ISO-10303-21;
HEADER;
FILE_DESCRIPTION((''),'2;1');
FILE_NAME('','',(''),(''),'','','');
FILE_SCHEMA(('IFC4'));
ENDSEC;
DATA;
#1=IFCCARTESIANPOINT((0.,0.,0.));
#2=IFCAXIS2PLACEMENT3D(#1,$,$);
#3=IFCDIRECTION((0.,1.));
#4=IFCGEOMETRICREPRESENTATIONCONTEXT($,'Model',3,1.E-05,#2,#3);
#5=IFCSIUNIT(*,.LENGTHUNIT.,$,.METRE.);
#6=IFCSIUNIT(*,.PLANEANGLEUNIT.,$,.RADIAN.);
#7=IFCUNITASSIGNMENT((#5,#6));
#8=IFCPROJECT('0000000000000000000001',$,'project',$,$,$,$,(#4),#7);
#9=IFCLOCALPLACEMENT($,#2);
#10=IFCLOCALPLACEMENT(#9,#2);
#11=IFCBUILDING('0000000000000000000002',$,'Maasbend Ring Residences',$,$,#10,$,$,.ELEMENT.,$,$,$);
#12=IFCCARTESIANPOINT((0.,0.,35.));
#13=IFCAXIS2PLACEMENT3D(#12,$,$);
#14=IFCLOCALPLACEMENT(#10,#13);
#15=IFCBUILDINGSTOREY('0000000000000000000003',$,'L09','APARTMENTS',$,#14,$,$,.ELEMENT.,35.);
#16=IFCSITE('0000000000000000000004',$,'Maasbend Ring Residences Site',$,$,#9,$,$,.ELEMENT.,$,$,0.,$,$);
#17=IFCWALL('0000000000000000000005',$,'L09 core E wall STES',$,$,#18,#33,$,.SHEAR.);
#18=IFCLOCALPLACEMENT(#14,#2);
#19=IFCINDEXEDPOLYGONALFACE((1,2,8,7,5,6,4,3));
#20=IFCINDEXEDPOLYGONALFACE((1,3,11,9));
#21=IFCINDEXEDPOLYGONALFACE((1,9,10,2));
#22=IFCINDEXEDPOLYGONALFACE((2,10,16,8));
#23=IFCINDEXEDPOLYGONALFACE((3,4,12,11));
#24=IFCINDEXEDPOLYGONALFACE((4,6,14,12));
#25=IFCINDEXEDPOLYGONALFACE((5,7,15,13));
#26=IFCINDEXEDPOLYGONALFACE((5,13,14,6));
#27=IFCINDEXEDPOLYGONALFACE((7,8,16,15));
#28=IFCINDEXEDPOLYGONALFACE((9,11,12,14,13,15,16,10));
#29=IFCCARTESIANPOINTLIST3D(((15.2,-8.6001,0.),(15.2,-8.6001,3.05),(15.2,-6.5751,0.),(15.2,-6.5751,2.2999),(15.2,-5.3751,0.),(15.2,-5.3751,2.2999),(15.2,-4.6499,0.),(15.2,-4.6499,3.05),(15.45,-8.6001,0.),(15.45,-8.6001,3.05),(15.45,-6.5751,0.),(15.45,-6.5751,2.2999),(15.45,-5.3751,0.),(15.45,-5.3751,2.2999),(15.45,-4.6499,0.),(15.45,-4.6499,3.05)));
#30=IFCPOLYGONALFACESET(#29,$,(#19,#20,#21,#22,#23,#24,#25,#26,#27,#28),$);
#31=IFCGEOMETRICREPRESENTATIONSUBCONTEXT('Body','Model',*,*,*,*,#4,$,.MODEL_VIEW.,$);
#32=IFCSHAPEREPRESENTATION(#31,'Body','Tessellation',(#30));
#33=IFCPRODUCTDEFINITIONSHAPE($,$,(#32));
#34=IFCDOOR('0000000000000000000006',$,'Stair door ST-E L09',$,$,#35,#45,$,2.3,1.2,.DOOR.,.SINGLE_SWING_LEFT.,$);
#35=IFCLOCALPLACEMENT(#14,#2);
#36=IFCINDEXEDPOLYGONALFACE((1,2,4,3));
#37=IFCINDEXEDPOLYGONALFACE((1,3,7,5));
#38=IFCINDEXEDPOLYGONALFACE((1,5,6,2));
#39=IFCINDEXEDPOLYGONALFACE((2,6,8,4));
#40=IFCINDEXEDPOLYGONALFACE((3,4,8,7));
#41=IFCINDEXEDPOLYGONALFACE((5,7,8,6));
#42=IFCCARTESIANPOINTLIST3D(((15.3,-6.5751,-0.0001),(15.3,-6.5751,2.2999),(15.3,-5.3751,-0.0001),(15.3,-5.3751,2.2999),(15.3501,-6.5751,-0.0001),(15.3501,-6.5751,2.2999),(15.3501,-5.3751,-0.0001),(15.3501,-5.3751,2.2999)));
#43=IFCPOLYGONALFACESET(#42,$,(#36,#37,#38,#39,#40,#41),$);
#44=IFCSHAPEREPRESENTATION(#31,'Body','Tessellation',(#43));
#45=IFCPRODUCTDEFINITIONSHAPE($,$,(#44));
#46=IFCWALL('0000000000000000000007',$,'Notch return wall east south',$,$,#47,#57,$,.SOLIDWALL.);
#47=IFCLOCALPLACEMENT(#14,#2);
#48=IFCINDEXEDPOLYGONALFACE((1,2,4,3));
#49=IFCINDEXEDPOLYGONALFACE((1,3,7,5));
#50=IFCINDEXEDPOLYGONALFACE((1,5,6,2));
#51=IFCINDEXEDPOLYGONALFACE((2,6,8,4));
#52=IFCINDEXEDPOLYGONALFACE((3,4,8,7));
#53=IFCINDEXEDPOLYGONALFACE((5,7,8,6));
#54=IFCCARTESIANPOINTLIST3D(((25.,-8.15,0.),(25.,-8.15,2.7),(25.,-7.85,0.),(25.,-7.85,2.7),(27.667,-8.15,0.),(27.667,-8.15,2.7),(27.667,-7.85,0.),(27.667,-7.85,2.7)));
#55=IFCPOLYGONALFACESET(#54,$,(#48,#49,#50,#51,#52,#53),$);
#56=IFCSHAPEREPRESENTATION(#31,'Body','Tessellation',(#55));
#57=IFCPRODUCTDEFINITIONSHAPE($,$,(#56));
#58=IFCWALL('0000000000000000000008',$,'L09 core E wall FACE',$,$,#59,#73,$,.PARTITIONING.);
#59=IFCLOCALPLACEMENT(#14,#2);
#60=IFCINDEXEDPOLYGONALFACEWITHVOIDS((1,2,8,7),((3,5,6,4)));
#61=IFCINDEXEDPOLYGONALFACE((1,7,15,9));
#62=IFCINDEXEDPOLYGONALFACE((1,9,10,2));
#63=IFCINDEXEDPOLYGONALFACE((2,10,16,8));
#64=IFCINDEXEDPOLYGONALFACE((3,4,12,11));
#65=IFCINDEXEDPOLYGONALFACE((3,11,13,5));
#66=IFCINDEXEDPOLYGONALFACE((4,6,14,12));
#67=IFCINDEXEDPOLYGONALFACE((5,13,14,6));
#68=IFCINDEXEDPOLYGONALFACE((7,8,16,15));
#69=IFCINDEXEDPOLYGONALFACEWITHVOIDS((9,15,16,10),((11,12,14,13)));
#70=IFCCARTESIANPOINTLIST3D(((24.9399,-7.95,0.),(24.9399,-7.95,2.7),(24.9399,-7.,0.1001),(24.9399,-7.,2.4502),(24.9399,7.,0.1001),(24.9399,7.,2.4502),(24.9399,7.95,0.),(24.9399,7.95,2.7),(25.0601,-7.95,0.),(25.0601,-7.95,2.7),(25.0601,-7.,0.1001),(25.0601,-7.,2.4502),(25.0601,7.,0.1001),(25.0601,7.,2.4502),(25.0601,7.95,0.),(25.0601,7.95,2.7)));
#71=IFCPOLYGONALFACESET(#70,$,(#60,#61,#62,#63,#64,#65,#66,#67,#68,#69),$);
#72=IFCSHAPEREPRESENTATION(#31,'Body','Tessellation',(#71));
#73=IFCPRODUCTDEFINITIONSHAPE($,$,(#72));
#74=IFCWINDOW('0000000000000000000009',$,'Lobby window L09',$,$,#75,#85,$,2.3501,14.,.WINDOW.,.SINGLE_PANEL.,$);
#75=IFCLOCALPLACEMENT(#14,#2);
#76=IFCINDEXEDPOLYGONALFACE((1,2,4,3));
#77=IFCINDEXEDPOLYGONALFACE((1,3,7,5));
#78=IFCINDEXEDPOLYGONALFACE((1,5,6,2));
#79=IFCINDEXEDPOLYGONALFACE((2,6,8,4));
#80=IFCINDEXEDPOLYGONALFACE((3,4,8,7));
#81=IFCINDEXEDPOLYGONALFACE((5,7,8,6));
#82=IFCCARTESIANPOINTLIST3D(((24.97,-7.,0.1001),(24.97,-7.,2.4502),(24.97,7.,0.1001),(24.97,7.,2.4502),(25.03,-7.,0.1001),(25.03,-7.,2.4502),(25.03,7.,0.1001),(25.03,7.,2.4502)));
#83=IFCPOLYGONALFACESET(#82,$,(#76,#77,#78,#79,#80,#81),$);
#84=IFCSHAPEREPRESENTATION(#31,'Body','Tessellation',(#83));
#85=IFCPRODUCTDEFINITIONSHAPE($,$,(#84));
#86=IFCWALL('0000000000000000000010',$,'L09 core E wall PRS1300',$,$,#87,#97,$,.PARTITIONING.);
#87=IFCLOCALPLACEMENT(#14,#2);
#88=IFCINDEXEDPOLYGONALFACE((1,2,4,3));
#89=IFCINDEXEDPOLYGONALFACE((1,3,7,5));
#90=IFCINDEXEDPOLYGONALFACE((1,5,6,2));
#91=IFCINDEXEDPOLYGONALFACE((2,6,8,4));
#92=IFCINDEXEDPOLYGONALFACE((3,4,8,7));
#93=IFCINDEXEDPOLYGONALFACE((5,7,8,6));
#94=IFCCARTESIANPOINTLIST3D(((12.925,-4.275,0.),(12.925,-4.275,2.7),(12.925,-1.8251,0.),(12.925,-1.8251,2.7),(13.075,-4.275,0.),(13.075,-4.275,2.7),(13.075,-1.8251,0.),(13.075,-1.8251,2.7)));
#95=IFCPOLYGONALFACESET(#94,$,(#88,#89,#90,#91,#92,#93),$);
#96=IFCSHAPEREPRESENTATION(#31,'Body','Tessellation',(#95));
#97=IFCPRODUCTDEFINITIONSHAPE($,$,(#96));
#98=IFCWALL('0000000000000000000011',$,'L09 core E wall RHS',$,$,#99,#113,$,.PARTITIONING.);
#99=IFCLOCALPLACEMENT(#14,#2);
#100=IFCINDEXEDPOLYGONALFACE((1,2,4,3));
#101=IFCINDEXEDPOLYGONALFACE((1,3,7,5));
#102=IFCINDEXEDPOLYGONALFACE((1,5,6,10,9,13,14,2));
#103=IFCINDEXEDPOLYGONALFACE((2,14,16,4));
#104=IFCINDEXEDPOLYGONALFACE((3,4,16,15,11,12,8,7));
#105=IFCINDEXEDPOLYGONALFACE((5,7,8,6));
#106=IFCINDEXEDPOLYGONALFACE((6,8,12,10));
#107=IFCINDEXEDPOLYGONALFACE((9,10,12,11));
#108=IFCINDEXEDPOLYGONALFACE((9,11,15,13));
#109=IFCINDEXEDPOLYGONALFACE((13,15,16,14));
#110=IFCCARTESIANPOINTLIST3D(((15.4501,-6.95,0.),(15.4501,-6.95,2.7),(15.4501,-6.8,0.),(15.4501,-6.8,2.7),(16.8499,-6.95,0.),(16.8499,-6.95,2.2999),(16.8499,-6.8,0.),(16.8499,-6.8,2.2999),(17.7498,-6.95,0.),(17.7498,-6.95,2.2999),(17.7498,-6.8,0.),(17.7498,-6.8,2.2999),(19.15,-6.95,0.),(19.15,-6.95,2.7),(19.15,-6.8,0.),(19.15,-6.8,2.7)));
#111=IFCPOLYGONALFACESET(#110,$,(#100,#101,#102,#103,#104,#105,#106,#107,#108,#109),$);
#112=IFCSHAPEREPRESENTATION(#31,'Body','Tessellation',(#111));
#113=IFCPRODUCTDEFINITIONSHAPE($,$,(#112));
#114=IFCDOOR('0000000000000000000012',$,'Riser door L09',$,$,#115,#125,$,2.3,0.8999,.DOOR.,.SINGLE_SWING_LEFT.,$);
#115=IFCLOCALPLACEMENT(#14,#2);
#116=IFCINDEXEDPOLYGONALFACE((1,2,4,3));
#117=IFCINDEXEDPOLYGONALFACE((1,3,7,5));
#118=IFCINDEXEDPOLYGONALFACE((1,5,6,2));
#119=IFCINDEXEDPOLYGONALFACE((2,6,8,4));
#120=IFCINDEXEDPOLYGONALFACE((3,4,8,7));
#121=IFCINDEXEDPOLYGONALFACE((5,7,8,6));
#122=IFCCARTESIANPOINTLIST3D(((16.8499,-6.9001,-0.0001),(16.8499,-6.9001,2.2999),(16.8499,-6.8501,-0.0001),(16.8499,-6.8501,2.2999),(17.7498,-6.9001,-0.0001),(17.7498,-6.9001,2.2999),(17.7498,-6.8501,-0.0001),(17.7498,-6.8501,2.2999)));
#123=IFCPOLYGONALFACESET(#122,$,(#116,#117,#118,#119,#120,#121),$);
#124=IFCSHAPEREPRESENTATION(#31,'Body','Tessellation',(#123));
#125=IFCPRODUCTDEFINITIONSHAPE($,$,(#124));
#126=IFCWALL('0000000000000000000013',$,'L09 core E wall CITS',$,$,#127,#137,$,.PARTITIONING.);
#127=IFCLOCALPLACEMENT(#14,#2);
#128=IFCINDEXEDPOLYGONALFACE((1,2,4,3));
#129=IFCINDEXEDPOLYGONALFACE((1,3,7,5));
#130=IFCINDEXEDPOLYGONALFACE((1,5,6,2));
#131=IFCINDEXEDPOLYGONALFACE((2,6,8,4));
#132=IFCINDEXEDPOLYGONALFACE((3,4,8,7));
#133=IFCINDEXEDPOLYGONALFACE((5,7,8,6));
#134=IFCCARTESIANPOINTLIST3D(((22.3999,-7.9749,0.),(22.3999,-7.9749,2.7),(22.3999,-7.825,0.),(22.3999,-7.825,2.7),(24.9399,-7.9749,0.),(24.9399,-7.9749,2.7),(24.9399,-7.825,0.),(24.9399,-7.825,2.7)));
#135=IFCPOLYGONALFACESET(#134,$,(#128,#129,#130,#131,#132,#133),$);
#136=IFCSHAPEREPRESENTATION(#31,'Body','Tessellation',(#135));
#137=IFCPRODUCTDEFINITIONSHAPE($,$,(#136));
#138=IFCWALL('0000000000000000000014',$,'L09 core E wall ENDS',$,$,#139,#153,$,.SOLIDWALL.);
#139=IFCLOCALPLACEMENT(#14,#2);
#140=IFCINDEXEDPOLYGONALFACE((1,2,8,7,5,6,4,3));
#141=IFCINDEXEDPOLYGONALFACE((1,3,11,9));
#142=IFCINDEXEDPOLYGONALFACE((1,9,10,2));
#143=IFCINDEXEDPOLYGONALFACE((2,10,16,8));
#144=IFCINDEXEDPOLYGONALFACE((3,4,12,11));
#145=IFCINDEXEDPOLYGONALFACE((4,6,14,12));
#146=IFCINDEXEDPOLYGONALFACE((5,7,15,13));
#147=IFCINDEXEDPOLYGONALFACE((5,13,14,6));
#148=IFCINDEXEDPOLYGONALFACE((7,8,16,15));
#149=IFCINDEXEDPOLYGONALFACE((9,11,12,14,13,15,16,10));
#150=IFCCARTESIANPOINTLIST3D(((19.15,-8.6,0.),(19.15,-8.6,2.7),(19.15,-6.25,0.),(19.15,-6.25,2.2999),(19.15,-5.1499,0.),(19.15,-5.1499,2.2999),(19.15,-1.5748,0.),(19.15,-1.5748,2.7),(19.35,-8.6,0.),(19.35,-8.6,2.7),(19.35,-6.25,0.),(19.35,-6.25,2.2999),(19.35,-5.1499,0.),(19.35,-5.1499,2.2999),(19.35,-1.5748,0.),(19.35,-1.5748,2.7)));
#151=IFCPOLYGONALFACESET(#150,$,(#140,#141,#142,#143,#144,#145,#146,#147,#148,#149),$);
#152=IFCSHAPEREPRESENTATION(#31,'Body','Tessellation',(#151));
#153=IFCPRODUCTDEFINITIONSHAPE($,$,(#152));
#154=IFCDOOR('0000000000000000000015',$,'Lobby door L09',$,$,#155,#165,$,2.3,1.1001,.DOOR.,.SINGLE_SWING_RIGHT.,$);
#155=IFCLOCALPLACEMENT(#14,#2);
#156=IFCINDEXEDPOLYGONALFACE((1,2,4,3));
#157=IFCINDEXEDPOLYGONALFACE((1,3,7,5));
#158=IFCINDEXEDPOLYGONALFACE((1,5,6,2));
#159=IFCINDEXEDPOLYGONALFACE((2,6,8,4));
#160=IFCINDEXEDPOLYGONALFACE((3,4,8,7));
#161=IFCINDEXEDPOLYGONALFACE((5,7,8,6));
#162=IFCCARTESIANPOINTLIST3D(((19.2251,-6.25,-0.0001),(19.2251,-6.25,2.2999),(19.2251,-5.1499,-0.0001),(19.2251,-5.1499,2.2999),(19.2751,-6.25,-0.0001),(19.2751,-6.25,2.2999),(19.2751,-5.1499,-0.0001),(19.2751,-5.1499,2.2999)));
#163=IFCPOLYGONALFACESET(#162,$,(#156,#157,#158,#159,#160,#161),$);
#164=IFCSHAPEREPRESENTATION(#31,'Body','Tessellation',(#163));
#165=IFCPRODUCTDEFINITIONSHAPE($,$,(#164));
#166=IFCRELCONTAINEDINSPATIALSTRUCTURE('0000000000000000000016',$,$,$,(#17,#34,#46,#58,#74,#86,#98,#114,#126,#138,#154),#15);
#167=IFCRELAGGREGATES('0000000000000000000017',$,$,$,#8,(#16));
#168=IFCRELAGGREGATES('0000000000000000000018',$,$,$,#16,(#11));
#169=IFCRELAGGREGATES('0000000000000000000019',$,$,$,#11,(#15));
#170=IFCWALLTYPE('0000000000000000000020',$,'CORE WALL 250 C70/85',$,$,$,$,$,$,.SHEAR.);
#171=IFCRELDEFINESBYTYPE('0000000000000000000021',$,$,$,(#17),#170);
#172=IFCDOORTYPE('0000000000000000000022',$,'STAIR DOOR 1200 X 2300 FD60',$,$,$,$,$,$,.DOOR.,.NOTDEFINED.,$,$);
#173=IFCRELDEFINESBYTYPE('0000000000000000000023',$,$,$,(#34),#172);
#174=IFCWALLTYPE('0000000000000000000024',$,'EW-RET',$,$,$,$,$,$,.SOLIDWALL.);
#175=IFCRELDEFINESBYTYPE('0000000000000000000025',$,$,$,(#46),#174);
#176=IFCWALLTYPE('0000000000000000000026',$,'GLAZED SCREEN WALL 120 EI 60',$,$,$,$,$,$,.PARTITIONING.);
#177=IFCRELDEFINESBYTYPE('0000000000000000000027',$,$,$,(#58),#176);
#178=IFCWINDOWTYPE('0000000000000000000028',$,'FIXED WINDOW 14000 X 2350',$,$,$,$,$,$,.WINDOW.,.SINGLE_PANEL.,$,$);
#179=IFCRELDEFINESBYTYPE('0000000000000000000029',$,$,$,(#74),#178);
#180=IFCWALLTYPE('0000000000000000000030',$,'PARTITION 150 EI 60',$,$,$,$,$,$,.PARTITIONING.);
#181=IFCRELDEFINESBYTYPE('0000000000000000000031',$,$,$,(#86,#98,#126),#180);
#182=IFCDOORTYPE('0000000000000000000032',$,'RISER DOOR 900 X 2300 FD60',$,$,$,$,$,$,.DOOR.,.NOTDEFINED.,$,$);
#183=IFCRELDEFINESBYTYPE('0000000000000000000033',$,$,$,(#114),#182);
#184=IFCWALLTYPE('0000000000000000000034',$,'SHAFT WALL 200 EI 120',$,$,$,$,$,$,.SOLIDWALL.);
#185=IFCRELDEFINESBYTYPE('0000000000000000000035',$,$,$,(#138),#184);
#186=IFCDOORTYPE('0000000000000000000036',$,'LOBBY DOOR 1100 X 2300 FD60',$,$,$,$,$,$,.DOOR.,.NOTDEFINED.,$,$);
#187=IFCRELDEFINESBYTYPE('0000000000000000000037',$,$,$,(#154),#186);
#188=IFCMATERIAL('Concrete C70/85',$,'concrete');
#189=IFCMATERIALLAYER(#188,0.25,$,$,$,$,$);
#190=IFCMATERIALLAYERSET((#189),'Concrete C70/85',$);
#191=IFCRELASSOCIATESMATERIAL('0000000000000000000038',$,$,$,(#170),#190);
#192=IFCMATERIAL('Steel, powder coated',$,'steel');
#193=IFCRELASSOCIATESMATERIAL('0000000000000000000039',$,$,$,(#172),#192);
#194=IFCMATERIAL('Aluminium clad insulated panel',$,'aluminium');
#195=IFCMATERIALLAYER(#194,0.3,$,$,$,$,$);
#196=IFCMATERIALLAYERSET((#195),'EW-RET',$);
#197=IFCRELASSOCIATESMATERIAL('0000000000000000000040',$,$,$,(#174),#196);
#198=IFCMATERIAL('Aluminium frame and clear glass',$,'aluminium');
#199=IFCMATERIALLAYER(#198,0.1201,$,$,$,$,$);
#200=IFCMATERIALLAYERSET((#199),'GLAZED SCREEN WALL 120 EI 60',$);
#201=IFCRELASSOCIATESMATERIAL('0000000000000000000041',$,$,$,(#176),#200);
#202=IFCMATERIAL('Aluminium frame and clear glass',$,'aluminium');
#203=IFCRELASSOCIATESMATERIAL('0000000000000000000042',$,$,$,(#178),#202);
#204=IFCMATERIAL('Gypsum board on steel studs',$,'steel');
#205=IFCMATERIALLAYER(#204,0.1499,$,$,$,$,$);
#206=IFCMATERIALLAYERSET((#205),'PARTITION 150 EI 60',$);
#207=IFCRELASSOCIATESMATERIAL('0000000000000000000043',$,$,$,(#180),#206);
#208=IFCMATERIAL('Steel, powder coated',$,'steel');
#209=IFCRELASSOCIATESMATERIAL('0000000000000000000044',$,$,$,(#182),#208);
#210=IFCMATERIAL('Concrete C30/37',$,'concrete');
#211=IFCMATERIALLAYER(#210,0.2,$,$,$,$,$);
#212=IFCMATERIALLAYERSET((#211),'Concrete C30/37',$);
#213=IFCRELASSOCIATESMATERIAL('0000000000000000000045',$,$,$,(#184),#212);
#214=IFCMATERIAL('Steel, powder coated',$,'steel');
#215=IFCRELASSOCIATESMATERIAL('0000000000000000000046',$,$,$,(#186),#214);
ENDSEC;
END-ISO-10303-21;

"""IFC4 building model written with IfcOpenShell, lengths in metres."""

from ifc_helpers import new_model, si_unit, direction, frame, frame_2d, origin, place, context, subcontext, project, spatial, rectangle, extrude, material, layer, layer_set, type_object, element, fill, save


model = new_model("IFC4")

# Units and contexts
model_context = context("Model", 3, precision=1e-05, world=origin(), true_north=direction((0.0, 1.0)))
body_context = subcontext(model_context, "Body", "Model", "MODEL_VIEW")
ifc_project = project(units=[si_unit("LENGTHUNIT", "METRE"), si_unit("PLANEANGLEUNIT", "RADIAN")], contexts=[model_context])

# Site, building, storey
site_placement = place(None, origin())
site = spatial("IfcSite", under=ifc_project, at=site_placement, Name="Maasbend Ring Residences Site", CompositionType="ELEMENT", RefElevation=0.0)
building_placement = place(site_placement, origin())
building = spatial("IfcBuilding", under=site, at=building_placement, Name="Maasbend Ring Residences", CompositionType="ELEMENT")
storey_placement = place(building_placement, frame((0.0, 0.0, 35.0)))
storey = spatial("IfcBuildingStorey", under=building, at=storey_placement, Name="L09", Description="APARTMENTS", CompositionType="ELEMENT", Elevation=35.0)

# Shared definitions
ifc_material_1 = material(Name="Concrete C70/85", Category="concrete")
ifc_layer_1 = layer(ifc_material_1, 0.25)
ifc_layer_set_1 = layer_set([ifc_layer_1], Name="Concrete C70/85")
wall_type_1 = type_object("IfcWallType", Name="CORE WALL 250 C70/85", PredefinedType="SHEAR", material=ifc_layer_set_1)

# Wall, opening, door
wall_1_placement = place(storey_placement, frame((15.325, -8.6001, 0.0), z_axis=(0.0, 0.0, 1.0), x_axis=(0.0, 1.0, 0.0)))
wall_1 = element("IfcWall", 1, at=wall_1_placement, inside=storey, type_object=wall_type_1, Name="L09 core E wall STES", PredefinedType="SHEAR", context=body_context, shape_type="SweptSolid", body=[
    extrude(rectangle(XDim=3.9502, YDim=0.25, at=frame_2d((1.9751, 0.0))), origin(), (0.0, 0.0, 1.0), 3.05),
])
opening_1_placement = place(wall_1_placement, frame((2.0249, 0.0, 0.0)))
opening_1 = element("IfcOpeningElement", 2, at=opening_1_placement, cuts=wall_1, PredefinedType="OPENING", context=body_context, shape_type="SweptSolid", body=[
    extrude(rectangle(XDim=1.2, YDim=2.3, at=frame_2d((0.6001, 1.1499))), frame((0.0, 0.135, 0.0), z_axis=(0.0, -1.0, 0.0), x_axis=(1.0, 0.0, 0.0)), (0.0, 0.0, 1.0), 0.27),
])
ifc_material_2 = material(Name="Steel, powder coated", Category="steel")
door_type_1 = type_object("IfcDoorType", Name="STAIR DOOR 1200 X 2300 FD60", OperationType="NOTDEFINED", PredefinedType="DOOR", material=ifc_material_2)
door_1_placement = place(opening_1_placement, origin())
door_1 = element("IfcDoor", 3, at=door_1_placement, inside=storey, type_object=door_type_1, Name="Stair door ST-E L09", OperationType="SINGLE_SWING_LEFT", OverallHeight=2.3, OverallWidth=1.2, PredefinedType="DOOR", context=body_context, shape_type="SweptSolid", body=[
    extrude(rectangle(XDim=1.2, YDim=2.3, at=frame_2d((0.6001, 1.1499))), frame((0.0, 0.0249, 0.0), z_axis=(0.0, -1.0, 0.0), x_axis=(1.0, 0.0, 0.0)), (0.0, 0.0, 1.0), 0.05),
])
fill(opening_1, door_1)

# Wall
ifc_material_3 = material(Name="Aluminium clad insulated panel", Category="aluminium")
ifc_layer_2 = layer(ifc_material_3, 0.3)
ifc_layer_set_2 = layer_set([ifc_layer_2], Name="EW-RET")
wall_type_2 = type_object("IfcWallType", Name="EW-RET", PredefinedType="SOLIDWALL", material=ifc_layer_set_2)
wall_2_placement = place(storey_placement, frame((25.0, -8.0, 0.0), z_axis=(0.0, 0.0, 1.0), x_axis=(1.0, 0.0, 0.0)))
element("IfcWall", 4, at=wall_2_placement, inside=storey, type_object=wall_type_2, Name="Notch return wall east south", PredefinedType="SOLIDWALL", context=body_context, shape_type="SweptSolid", body=[
    extrude(rectangle(XDim=2.667, YDim=0.3, at=frame_2d((1.3335, 0.0))), origin(), (0.0, 0.0, 1.0), 2.7),
])

# Wall, opening, window
ifc_material_4 = material(Name="Aluminium frame and clear glass", Category="aluminium")
ifc_layer_3 = layer(ifc_material_4, 0.1201)
ifc_layer_set_3 = layer_set([ifc_layer_3], Name="GLAZED SCREEN WALL 120 EI 60")
wall_type_3 = type_object("IfcWallType", Name="GLAZED SCREEN WALL 120 EI 60", PredefinedType="PARTITIONING", material=ifc_layer_set_3)
wall_3_placement = place(storey_placement, frame((25.0, -7.95, 0.0), z_axis=(0.0, 0.0, 1.0), x_axis=(0.0, 1.0, 0.0)))
wall_3 = element("IfcWall", 5, at=wall_3_placement, inside=storey, type_object=wall_type_3, Name="L09 core E wall FACE", PredefinedType="PARTITIONING", context=body_context, shape_type="SweptSolid", body=[
    extrude(rectangle(XDim=15.8999, YDim=0.1201, at=frame_2d((7.95, 0.0))), origin(), (0.0, 0.0, 1.0), 2.7),
])
opening_2_placement = place(wall_3_placement, frame((0.95, 0.0, 0.1001)))
opening_2 = element("IfcOpeningElement", 6, at=opening_2_placement, cuts=wall_3, PredefinedType="OPENING", context=body_context, shape_type="SweptSolid", body=[
    extrude(rectangle(XDim=14.0, YDim=2.3501, at=frame_2d((7.0, 1.175))), frame((0.0, 0.0701, 0.0), z_axis=(0.0, -1.0, 0.0), x_axis=(1.0, 0.0, 0.0)), (0.0, 0.0, 1.0), 0.1401),
])
ifc_material_5 = material(Name="Aluminium frame and clear glass", Category="aluminium")
window_type = type_object("IfcWindowType", Name="FIXED WINDOW 14000 X 2350", PartitioningType="SINGLE_PANEL", PredefinedType="WINDOW", material=ifc_material_5)
window_placement = place(opening_2_placement, origin())
window = element("IfcWindow", 7, at=window_placement, inside=storey, type_object=window_type, Name="Lobby window L09", OverallHeight=2.3501, OverallWidth=14.0, PartitioningType="SINGLE_PANEL", PredefinedType="WINDOW", context=body_context, shape_type="SweptSolid", body=[
    extrude(rectangle(XDim=14.0, YDim=2.3501, at=frame_2d((7.0, 1.175))), frame((0.0, 0.03, 0.0), z_axis=(0.0, -1.0, 0.0), x_axis=(1.0, 0.0, 0.0)), (0.0, 0.0, 1.0), 0.0601),
])
fill(opening_2, window)

# Wall
ifc_material_6 = material(Name="Gypsum board on steel studs", Category="steel")
ifc_layer_4 = layer(ifc_material_6, 0.1499)
ifc_layer_set_4 = layer_set([ifc_layer_4], Name="PARTITION 150 EI 60")
wall_type_4 = type_object("IfcWallType", Name="PARTITION 150 EI 60", PredefinedType="PARTITIONING", material=ifc_layer_set_4)
wall_4_placement = place(storey_placement, frame((13.0, -1.825, 0.0), z_axis=(0.0, 0.0, 1.0), x_axis=(0.0, -1.0, 0.0)))
element("IfcWall", 8, at=wall_4_placement, inside=storey, type_object=wall_type_4, Name="L09 core E wall PRS1300", PredefinedType="PARTITIONING", context=body_context, shape_type="SweptSolid", body=[
    extrude(rectangle(XDim=2.45, YDim=0.1499, at=frame_2d((1.2251, 0.0))), origin(), (0.0, 0.0, 1.0), 2.7),
])

# Wall, opening, door
wall_5_placement = place(storey_placement, frame((15.45, -6.875, 0.0), z_axis=(0.0, 0.0, 1.0), x_axis=(1.0, 0.0, 0.0)))
wall_5 = element("IfcWall", 9, at=wall_5_placement, inside=storey, type_object=wall_type_4, Name="L09 core E wall RHS", PredefinedType="PARTITIONING", context=body_context, shape_type="SweptSolid", body=[
    extrude(rectangle(XDim=3.7, YDim=0.1499, at=frame_2d((1.8501, 0.0))), origin(), (0.0, 0.0, 1.0), 2.7),
])
opening_3_placement = place(wall_5_placement, frame((1.3999, 0.0, 0.0)))
opening_3 = element("IfcOpeningElement", 10, at=opening_3_placement, cuts=wall_5, PredefinedType="OPENING", context=body_context, shape_type="SweptSolid", body=[
    extrude(rectangle(XDim=0.8999, YDim=2.3, at=frame_2d((0.45, 1.1499))), frame((0.0, 0.085, 0.0), z_axis=(0.0, -1.0, 0.0), x_axis=(1.0, 0.0, 0.0)), (0.0, 0.0, 1.0), 0.1699),
])
ifc_material_7 = material(Name="Steel, powder coated", Category="steel")
door_type_2 = type_object("IfcDoorType", Name="RISER DOOR 900 X 2300 FD60", OperationType="NOTDEFINED", PredefinedType="DOOR", material=ifc_material_7)
door_2_placement = place(opening_3_placement, origin())
door_2 = element("IfcDoor", 11, at=door_2_placement, inside=storey, type_object=door_type_2, Name="Riser door L09", OperationType="SINGLE_SWING_LEFT", OverallHeight=2.3, OverallWidth=0.8999, PredefinedType="DOOR", context=body_context, shape_type="SweptSolid", body=[
    extrude(rectangle(XDim=0.8999, YDim=2.3, at=frame_2d((0.45, 1.1499))), frame((0.0, 0.0249, 0.0), z_axis=(0.0, -1.0, 0.0), x_axis=(1.0, 0.0, 0.0)), (0.0, 0.0, 1.0), 0.05),
])
fill(opening_3, door_2)

# Wall
wall_6_placement = place(storey_placement, frame((22.3999, -7.8999, 0.0), z_axis=(0.0, 0.0, 1.0), x_axis=(1.0, 0.0, 0.0)))
element("IfcWall", 12, at=wall_6_placement, inside=storey, type_object=wall_type_4, Name="L09 core E wall CITS", PredefinedType="PARTITIONING", context=body_context, shape_type="SweptSolid", body=[
    extrude(rectangle(XDim=2.54, YDim=0.1499, at=frame_2d((1.27, 0.0))), origin(), (0.0, 0.0, 1.0), 2.7),
])

# Wall, opening, door
ifc_material_8 = material(Name="Concrete C30/37", Category="concrete")
ifc_layer_5 = layer(ifc_material_8, 0.2)
ifc_layer_set_5 = layer_set([ifc_layer_5], Name="Concrete C30/37")
wall_type_5 = type_object("IfcWallType", Name="SHAFT WALL 200 EI 120", PredefinedType="SOLIDWALL", material=ifc_layer_set_5)
wall_7_placement = place(storey_placement, frame((19.25, -8.6001, 0.0), z_axis=(0.0, 0.0, 1.0), x_axis=(0.0, 1.0, 0.0)))
wall_7 = element("IfcWall", 13, at=wall_7_placement, inside=storey, type_object=wall_type_5, Name="L09 core E wall ENDS", PredefinedType="SOLIDWALL", context=body_context, shape_type="SweptSolid", body=[
    extrude(rectangle(XDim=7.0251, YDim=0.2, at=frame_2d((3.5127, 0.0))), origin(), (0.0, 0.0, 1.0), 2.7),
])
opening_4_placement = place(wall_7_placement, frame((2.3501, 0.0, 0.0)))
opening_4 = element("IfcOpeningElement", 14, at=opening_4_placement, cuts=wall_7, PredefinedType="OPENING", context=body_context, shape_type="SweptSolid", body=[
    extrude(rectangle(XDim=1.1001, YDim=2.3, at=frame_2d((0.55, 1.1499))), frame((0.0, 0.1099, 0.0), z_axis=(0.0, -1.0, 0.0), x_axis=(1.0, 0.0, 0.0)), (0.0, 0.0, 1.0), 0.22),
])
ifc_material_9 = material(Name="Steel, powder coated", Category="steel")
door_type_3 = type_object("IfcDoorType", Name="LOBBY DOOR 1100 X 2300 FD60", OperationType="NOTDEFINED", PredefinedType="DOOR", material=ifc_material_9)
door_3_placement = place(opening_4_placement, origin())
door_3 = element("IfcDoor", 15, at=door_3_placement, inside=storey, type_object=door_type_3, Name="Lobby door L09", OperationType="SINGLE_SWING_RIGHT", OverallHeight=2.3, OverallWidth=1.1001, PredefinedType="DOOR", context=body_context, shape_type="SweptSolid", body=[
    extrude(rectangle(XDim=1.1001, YDim=2.3, at=frame_2d((0.55, 1.1499))), frame((0.0, 0.0249, 0.0), z_axis=(0.0, -1.0, 0.0), x_axis=(1.0, 0.0, 0.0)), (0.0, 0.0, 1.0), 0.05),
])
fill(opening_4, door_3)

save(model, "model.ifc")
